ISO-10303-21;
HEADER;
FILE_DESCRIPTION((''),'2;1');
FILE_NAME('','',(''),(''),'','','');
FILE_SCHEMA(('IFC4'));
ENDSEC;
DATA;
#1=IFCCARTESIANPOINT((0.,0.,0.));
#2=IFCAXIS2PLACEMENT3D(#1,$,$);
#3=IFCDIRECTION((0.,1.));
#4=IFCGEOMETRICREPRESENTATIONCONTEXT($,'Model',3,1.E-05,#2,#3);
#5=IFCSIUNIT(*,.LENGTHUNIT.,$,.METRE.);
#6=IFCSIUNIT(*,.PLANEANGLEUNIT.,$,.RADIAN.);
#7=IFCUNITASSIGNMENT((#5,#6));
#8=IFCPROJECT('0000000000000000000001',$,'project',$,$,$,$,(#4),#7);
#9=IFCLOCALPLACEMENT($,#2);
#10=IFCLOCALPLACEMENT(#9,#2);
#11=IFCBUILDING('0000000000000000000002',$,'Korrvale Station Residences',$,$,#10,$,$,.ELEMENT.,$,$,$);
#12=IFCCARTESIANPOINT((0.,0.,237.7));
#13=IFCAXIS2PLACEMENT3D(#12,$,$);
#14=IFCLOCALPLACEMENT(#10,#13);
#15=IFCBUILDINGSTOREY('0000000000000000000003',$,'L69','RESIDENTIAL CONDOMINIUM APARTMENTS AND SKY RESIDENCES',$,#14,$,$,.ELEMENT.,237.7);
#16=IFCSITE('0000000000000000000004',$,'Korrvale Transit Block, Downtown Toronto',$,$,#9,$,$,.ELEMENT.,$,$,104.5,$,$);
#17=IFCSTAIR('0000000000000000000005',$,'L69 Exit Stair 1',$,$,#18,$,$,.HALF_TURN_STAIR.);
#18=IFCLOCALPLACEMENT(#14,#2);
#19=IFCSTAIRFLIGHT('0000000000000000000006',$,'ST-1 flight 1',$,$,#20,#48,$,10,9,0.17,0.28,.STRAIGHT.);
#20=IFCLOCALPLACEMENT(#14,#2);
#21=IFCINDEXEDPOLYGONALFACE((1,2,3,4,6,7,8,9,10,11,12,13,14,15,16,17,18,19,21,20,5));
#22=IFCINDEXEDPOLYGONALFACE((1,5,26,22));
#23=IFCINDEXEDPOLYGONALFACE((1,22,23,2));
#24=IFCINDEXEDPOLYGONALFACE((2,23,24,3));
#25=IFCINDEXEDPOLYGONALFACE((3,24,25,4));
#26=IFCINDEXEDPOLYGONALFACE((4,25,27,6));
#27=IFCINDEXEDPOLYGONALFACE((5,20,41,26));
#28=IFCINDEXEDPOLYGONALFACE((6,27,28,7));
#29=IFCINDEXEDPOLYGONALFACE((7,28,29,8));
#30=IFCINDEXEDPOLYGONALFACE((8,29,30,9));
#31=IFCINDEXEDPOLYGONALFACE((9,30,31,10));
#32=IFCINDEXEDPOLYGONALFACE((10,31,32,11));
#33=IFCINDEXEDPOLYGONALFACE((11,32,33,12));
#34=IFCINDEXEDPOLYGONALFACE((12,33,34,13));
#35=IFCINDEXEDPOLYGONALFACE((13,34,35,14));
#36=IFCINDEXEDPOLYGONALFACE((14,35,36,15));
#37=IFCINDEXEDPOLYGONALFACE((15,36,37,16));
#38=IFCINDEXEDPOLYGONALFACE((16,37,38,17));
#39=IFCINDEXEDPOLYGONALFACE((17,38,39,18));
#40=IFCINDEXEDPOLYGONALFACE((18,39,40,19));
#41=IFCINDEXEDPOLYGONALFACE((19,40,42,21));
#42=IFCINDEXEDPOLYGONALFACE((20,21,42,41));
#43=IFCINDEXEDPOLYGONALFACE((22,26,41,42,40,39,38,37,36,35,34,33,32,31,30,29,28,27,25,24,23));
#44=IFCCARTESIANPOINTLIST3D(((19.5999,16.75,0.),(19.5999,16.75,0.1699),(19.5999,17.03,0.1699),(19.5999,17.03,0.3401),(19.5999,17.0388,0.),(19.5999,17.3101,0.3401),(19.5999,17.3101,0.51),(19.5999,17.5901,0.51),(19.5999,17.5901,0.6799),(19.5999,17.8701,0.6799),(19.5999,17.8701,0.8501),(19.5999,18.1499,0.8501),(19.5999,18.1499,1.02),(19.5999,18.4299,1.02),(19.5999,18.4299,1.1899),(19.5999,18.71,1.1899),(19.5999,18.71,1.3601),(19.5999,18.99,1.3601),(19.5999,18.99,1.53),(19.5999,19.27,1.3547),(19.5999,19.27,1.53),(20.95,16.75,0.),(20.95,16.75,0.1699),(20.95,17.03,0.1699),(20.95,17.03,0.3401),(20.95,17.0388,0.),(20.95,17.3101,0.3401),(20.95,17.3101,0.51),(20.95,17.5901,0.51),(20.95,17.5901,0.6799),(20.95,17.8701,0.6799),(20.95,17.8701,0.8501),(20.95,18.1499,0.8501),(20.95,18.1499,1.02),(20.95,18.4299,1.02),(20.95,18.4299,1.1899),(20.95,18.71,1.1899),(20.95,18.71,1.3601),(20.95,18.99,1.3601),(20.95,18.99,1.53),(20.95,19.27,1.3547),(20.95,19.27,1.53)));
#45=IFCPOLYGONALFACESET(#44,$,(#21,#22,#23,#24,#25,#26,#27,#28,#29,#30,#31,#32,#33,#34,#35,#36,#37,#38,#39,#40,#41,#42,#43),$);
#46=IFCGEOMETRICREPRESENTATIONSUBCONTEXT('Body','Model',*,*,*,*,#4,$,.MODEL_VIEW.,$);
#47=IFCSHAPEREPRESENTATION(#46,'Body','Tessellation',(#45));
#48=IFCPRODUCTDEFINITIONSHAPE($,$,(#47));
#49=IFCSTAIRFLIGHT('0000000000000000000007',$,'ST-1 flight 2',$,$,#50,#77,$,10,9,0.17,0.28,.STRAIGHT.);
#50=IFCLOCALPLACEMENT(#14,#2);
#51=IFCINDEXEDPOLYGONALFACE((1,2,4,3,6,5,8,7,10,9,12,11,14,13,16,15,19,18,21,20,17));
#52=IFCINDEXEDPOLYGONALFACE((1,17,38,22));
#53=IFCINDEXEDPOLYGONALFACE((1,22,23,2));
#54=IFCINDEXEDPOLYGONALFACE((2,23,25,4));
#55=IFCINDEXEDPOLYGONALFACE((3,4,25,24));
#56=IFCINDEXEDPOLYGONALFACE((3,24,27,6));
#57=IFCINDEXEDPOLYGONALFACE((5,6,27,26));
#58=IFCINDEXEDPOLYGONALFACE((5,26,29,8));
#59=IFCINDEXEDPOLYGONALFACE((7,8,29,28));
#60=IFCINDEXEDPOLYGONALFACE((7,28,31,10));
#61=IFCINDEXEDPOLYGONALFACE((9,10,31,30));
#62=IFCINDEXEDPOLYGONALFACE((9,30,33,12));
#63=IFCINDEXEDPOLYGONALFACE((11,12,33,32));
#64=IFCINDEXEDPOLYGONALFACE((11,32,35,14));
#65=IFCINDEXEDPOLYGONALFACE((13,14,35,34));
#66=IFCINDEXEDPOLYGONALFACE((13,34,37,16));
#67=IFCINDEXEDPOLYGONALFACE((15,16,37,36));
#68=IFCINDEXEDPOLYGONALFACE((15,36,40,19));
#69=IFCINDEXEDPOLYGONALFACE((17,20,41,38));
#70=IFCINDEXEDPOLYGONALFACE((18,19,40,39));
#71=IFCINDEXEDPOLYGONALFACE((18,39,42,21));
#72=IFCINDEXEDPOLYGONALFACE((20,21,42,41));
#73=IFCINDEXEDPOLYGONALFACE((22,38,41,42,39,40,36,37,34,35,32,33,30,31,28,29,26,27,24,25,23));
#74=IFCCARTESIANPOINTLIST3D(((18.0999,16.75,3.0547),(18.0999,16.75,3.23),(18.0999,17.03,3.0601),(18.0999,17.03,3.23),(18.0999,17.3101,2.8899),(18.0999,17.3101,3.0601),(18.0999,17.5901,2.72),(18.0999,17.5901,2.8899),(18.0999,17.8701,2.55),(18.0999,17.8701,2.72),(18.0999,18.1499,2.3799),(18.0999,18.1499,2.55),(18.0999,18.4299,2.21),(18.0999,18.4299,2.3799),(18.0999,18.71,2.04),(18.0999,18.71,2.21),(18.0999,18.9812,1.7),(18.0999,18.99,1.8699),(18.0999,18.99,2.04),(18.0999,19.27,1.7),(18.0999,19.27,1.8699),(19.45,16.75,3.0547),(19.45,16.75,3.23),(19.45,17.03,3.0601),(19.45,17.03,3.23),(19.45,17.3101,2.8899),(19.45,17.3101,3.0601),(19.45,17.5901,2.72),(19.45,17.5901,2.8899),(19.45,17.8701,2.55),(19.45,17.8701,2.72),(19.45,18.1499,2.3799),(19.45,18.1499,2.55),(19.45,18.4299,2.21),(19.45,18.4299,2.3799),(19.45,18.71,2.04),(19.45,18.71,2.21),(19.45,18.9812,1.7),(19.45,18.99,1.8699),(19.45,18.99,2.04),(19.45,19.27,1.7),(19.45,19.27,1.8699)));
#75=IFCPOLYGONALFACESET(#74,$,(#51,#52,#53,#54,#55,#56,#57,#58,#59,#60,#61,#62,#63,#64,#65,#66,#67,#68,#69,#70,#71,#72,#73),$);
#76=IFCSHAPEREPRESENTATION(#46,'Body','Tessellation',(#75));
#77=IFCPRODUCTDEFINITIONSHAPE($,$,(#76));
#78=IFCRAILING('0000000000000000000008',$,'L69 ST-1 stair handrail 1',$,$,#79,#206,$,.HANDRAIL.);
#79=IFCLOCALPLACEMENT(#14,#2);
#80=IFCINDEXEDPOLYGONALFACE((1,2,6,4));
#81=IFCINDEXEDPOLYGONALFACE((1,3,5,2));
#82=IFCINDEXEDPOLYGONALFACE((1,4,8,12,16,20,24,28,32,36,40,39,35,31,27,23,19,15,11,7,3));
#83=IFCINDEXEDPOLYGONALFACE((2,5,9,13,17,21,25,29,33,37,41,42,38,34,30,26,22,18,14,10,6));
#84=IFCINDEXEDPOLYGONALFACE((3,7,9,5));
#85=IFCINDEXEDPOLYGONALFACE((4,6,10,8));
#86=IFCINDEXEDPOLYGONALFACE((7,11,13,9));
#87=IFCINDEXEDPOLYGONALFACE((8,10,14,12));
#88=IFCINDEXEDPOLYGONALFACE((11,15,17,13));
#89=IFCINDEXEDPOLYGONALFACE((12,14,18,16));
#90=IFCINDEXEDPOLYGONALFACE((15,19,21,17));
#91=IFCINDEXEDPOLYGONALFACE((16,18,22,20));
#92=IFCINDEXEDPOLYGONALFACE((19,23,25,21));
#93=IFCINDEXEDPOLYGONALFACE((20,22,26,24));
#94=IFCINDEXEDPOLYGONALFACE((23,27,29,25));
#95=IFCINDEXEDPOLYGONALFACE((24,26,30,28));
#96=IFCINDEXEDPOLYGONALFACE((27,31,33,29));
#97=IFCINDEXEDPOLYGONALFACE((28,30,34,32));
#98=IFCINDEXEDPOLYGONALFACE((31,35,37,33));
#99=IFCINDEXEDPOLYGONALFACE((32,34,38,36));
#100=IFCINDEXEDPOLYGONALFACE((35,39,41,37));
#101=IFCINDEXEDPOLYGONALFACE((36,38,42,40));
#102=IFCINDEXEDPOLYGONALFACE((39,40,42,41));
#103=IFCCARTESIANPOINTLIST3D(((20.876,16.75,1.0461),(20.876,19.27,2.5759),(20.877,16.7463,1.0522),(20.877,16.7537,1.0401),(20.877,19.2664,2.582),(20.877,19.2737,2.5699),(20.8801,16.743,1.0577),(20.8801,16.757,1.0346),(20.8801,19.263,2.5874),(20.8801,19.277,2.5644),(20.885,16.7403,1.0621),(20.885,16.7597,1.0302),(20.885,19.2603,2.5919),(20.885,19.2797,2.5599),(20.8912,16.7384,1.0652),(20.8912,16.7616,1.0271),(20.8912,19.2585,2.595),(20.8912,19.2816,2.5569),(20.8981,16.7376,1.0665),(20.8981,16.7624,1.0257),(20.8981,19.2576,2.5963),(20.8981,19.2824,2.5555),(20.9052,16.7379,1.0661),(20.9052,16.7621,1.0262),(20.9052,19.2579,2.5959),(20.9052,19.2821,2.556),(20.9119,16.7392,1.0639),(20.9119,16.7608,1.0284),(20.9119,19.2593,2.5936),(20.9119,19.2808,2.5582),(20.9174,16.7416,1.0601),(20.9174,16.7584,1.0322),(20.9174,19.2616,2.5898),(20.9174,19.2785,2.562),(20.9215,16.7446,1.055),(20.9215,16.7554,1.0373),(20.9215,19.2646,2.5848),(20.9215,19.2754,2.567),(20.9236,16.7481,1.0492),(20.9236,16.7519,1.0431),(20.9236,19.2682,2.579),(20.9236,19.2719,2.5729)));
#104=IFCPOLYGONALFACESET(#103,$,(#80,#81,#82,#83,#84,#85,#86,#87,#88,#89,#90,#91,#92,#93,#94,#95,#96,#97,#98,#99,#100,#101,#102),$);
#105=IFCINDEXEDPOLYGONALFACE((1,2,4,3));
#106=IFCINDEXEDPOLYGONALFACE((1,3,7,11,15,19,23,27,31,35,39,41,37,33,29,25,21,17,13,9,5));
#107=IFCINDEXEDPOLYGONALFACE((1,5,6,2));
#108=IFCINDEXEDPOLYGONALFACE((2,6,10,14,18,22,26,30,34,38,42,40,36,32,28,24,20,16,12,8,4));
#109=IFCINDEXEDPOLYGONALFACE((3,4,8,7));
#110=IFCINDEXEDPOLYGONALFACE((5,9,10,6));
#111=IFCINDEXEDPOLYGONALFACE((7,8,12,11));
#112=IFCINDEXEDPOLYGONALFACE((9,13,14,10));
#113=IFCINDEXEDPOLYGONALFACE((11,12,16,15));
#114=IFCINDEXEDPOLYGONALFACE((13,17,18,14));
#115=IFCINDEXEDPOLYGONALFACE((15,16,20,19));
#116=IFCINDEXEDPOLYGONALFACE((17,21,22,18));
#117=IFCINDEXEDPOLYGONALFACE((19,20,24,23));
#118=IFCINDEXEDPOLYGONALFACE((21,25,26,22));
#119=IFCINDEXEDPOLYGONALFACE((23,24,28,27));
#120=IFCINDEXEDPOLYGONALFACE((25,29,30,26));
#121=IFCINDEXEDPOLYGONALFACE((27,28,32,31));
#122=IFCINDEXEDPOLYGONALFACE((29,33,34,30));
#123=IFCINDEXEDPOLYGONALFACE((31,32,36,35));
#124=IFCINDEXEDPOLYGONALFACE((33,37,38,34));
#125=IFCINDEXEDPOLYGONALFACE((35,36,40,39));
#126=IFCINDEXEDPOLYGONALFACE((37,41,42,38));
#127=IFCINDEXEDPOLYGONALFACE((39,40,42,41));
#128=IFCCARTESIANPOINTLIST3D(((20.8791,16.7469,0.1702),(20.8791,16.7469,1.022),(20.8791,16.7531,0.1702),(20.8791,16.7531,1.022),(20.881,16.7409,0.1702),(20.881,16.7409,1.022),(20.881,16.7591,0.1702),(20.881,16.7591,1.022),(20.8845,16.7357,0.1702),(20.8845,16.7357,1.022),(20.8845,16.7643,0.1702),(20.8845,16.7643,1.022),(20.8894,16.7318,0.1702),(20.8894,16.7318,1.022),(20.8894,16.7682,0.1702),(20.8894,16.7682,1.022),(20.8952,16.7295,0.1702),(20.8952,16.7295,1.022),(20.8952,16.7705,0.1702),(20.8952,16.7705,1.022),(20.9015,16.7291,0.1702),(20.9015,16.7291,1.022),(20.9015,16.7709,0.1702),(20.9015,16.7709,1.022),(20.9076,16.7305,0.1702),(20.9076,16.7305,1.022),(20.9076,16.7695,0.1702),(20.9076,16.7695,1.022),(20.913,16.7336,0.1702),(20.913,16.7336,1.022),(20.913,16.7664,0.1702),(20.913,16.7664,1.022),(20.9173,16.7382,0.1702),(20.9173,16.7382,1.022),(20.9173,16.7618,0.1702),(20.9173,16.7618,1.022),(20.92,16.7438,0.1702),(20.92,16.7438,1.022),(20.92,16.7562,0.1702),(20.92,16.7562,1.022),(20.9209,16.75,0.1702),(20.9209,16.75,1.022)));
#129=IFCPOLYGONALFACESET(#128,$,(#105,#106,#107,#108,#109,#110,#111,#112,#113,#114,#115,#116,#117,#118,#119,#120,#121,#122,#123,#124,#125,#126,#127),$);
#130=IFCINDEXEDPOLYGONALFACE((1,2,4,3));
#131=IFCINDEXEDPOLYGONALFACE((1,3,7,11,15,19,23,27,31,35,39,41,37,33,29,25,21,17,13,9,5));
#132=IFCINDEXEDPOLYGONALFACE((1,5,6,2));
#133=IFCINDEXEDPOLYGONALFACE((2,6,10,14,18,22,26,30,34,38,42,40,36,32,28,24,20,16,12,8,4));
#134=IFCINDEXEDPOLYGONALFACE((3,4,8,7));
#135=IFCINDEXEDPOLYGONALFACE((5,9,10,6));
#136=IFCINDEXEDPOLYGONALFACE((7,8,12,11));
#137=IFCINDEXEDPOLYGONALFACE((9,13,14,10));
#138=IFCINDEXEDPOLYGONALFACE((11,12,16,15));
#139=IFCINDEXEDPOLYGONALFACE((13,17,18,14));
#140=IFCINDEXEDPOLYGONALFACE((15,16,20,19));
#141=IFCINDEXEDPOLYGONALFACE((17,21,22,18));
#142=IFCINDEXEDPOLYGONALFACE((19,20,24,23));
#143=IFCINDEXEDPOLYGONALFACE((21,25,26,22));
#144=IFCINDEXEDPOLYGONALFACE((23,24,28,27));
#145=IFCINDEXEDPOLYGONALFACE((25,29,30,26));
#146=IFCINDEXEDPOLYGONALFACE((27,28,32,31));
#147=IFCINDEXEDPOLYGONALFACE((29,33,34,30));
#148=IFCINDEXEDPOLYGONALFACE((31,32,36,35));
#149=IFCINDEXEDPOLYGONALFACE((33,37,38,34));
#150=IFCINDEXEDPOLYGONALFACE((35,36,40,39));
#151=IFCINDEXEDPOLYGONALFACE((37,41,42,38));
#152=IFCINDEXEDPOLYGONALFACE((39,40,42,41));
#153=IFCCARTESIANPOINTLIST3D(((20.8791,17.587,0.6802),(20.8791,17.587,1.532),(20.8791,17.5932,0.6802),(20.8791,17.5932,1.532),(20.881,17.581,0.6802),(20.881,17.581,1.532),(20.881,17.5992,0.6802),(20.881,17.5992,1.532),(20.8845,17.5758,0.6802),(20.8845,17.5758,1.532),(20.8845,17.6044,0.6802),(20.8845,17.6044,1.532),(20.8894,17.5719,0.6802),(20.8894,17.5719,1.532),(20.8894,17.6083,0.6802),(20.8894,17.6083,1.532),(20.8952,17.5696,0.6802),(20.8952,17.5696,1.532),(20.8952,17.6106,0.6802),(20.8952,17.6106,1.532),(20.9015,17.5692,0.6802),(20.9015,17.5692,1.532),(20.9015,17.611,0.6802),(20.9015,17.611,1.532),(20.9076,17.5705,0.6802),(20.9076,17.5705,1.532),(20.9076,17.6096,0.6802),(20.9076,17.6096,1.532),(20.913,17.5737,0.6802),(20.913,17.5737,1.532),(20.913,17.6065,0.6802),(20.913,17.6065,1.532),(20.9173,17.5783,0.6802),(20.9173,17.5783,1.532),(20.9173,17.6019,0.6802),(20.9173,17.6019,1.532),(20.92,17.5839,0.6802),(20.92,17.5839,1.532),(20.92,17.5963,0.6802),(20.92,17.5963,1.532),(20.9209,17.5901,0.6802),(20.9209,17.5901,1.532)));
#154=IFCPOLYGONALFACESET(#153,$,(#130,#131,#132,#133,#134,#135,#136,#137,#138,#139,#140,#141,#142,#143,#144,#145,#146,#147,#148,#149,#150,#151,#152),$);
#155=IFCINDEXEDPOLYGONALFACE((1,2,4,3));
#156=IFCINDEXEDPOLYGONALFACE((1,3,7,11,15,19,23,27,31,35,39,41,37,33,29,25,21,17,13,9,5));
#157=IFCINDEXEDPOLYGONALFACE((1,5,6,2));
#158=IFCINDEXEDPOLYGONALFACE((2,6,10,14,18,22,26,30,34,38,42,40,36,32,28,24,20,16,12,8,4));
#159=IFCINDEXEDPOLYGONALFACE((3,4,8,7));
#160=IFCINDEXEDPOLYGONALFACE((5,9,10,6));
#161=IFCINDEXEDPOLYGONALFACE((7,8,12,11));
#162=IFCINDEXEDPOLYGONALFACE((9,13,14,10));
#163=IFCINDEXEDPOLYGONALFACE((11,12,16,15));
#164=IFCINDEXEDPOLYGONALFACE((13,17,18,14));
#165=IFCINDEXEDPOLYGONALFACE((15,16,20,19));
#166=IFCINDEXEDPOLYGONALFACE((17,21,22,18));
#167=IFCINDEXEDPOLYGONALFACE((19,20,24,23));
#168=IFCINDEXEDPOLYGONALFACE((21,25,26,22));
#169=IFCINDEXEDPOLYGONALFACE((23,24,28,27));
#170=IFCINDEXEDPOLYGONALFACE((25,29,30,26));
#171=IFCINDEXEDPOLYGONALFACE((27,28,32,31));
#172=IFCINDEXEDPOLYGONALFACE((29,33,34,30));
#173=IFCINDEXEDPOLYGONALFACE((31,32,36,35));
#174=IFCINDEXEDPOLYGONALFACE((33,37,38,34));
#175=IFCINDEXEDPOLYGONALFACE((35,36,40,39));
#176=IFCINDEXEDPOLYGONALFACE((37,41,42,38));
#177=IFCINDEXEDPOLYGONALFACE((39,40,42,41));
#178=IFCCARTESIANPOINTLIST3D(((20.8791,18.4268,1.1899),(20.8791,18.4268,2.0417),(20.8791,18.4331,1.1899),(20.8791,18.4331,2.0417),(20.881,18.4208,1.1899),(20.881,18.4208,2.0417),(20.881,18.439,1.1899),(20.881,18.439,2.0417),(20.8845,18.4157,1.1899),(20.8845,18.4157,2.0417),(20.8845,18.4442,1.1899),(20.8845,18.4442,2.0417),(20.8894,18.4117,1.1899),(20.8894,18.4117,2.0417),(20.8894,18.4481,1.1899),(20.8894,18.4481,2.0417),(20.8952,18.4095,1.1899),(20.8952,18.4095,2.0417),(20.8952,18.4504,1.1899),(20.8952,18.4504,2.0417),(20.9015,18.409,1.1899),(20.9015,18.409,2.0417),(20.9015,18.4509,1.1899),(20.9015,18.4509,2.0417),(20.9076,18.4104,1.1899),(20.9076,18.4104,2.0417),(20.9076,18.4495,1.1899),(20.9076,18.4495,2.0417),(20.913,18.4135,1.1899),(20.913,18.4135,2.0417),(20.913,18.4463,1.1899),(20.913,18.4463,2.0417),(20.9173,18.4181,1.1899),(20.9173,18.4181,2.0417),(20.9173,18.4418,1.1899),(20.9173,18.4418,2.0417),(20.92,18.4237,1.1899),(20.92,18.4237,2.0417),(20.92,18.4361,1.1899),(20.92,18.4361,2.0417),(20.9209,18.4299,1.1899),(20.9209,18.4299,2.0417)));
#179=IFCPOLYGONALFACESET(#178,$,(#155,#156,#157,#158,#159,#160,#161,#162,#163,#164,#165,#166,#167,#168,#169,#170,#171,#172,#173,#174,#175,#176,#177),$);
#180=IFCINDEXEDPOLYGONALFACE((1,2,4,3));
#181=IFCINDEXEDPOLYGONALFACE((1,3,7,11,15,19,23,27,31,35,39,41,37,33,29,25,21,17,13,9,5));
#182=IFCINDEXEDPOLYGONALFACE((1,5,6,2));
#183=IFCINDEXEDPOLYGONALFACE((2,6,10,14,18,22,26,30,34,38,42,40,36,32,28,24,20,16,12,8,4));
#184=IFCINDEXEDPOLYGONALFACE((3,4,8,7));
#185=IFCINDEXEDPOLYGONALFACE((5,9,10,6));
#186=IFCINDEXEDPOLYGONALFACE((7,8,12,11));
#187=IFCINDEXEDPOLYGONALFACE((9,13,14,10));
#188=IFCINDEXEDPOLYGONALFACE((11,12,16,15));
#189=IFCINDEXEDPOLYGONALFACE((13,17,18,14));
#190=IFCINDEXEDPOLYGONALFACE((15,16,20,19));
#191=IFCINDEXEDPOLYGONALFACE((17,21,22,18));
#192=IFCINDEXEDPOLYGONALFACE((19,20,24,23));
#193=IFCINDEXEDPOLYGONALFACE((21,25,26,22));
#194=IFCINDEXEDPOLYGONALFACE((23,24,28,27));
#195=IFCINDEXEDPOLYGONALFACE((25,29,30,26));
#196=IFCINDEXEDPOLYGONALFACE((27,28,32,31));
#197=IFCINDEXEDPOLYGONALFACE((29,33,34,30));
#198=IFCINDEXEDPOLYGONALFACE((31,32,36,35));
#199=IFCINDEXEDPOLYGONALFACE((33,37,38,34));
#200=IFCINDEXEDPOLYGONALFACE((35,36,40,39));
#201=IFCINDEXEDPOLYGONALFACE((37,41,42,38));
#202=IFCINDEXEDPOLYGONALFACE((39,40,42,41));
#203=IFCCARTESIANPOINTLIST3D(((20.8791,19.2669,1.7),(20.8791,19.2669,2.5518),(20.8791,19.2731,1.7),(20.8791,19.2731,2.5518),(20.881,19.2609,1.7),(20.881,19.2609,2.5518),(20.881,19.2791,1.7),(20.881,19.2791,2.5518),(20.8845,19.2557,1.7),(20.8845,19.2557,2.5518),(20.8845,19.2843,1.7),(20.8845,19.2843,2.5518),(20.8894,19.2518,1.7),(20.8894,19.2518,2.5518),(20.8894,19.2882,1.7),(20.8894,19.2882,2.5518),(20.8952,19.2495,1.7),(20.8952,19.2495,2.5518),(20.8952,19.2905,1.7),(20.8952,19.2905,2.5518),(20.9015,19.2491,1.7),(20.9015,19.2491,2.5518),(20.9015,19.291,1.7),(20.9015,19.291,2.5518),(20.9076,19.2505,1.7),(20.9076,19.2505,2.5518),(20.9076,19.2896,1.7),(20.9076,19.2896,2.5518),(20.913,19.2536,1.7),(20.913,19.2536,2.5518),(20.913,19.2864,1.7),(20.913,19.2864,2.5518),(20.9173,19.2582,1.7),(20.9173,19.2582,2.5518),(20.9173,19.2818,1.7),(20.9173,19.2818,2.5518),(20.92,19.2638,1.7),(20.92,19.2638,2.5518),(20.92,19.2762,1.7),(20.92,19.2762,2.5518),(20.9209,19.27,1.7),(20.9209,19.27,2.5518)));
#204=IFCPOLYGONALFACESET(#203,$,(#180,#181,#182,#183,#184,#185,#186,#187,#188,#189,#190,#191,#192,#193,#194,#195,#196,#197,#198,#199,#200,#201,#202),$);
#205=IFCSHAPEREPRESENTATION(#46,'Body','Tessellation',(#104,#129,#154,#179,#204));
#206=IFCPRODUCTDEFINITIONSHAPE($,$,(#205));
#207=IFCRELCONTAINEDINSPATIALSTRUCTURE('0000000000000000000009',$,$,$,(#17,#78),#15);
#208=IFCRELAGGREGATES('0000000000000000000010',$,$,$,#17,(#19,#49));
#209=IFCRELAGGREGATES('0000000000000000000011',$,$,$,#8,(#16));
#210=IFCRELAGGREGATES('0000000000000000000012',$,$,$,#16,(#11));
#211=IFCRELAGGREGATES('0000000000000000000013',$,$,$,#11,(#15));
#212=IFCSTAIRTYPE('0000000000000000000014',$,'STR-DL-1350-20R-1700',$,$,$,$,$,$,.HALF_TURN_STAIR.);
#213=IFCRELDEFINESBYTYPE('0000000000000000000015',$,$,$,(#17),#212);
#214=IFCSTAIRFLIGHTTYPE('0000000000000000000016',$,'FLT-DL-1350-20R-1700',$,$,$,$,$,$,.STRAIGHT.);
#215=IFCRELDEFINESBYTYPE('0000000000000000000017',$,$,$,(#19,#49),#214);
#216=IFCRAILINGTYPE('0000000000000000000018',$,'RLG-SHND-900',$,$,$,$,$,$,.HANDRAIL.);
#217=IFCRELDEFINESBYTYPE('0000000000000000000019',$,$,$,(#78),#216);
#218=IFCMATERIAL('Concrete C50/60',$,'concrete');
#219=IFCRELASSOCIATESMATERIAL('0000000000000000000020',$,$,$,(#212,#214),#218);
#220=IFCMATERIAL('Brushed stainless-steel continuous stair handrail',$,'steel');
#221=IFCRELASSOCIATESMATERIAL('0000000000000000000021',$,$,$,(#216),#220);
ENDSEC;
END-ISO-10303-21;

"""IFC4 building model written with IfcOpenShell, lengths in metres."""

from ifc_helpers import new_model, si_unit, direction, frame, origin, origin_2d, place, context, subcontext, project, spatial, polyline, circle, outline, extrude, material, type_object, element, aggregate, save


model = new_model("IFC4")

# Units and contexts
model_context = context("Model", 3, precision=1e-05, world=origin(), true_north=direction((0.0, 1.0)))
body_context = subcontext(model_context, "Body", "Model", "MODEL_VIEW")
ifc_project = project(units=[si_unit("LENGTHUNIT", "METRE"), si_unit("PLANEANGLEUNIT", "RADIAN")], contexts=[model_context])

# Site, building, storey
site_placement = place(None, origin())
site = spatial("IfcSite", under=ifc_project, at=site_placement, Name="Korrvale Transit Block, Downtown Toronto", CompositionType="ELEMENT", RefElevation=104.5)
building_placement = place(site_placement, origin())
building = spatial("IfcBuilding", under=site, at=building_placement, Name="Korrvale Station Residences", CompositionType="ELEMENT")
storey_placement = place(building_placement, frame((0.0, 0.0, 237.7)))
storey = spatial("IfcBuildingStorey", under=building, at=storey_placement, Name="L69", Description="RESIDENTIAL CONDOMINIUM APARTMENTS AND SKY RESIDENCES", CompositionType="ELEMENT", Elevation=237.7)

# Shared definitions
ifc_material_1 = material(Name="Concrete C50/60", Category="concrete")

# Stair, stair flights
stair_type = type_object("IfcStairType", Name="STR-DL-1350-20R-1700", PredefinedType="HALF_TURN_STAIR", material=ifc_material_1)
stair_placement = place(storey_placement, origin())
stair = element("IfcStair", 1, at=stair_placement, inside=storey, type_object=stair_type, Name="L69 Exit Stair 1", PredefinedType="HALF_TURN_STAIR")
stair_flight_type = type_object("IfcStairFlightType", Name="FLT-DL-1350-20R-1700", PredefinedType="STRAIGHT", material=ifc_material_1)
stair_flight_1_placement = place(storey_placement, frame((20.2749, 16.75, 0.0), z_axis=(0.0, 0.0, 1.0), x_axis=(0.0, 1.0, 0.0)))
stair_flight_1 = element("IfcStairFlight", 2, at=stair_flight_1_placement, type_object=stair_flight_type, Name="ST-1 flight 1", NumberOfRisers=10, NumberOfTreads=9, PredefinedType="STRAIGHT", RiserHeight=0.17, TreadLength=0.28, context=body_context, shape_type="SweptSolid", body=[
    extrude(outline(polyline([(0.0, 0.0), (0.0, 0.1699), (0.28, 0.1699), (0.28, 0.3401), (0.5601, 0.3401), (0.5601, 0.51), (0.8401, 0.51), (0.8401, 0.6799), (1.1201, 0.6799), (1.1201, 0.8501), (1.3999, 0.8501), (1.3999, 1.02), (1.6799, 1.02), (1.6799, 1.1899), (1.96, 1.1899), (1.96, 1.3601), (2.24, 1.3601), (2.24, 1.53), (2.52, 1.53), (2.52, 1.7), (2.52, 1.3547), (0.2888, 0.0), (0.0, 0.0)])), frame((0.0, 0.675, 0.0), z_axis=(0.0, -1.0, 0.0), x_axis=(1.0, 0.0, 0.0)), (0.0, 0.0, 1.0), 1.3501),
])
stair_flight_2_placement = place(storey_placement, frame((18.7749, 19.27, 1.7), z_axis=(0.0, 0.0, 1.0), x_axis=(0.0, -1.0, 0.0)))
stair_flight_2 = element("IfcStairFlight", 3, at=stair_flight_2_placement, type_object=stair_flight_type, Name="ST-1 flight 2", NumberOfRisers=10, NumberOfTreads=9, PredefinedType="STRAIGHT", RiserHeight=0.17, TreadLength=0.28, context=body_context, shape_type="SweptSolid", body=[
    extrude(outline(polyline([(0.0, 0.0), (0.0, 0.1699), (0.28, 0.1699), (0.28, 0.3401), (0.5601, 0.3401), (0.5601, 0.51), (0.8401, 0.51), (0.8401, 0.6799), (1.1201, 0.6799), (1.1201, 0.8501), (1.3999, 0.8501), (1.3999, 1.02), (1.6799, 1.02), (1.6799, 1.1899), (1.96, 1.1899), (1.96, 1.3601), (2.24, 1.3601), (2.24, 1.53), (2.52, 1.53), (2.52, 1.7), (2.52, 1.3547), (0.2888, 0.0), (0.0, 0.0)])), frame((0.0, 0.675, 0.0), z_axis=(0.0, -1.0, 0.0), x_axis=(1.0, 0.0, 0.0)), (0.0, 0.0, 1.0), 1.3501),
])
aggregate(stair, [stair_flight_1, stair_flight_2])

# Railing
ifc_material_2 = material(Name="Brushed stainless-steel continuous stair handrail", Category="steel")
railing_type_1 = type_object("IfcRailingType", Name="RLG-SHND-900", PredefinedType="HANDRAIL", material=ifc_material_2)
railing_1_placement = place(storey_placement, frame((20.8999, 16.75, 0.1702)))
element("IfcRailing", 4, at=railing_1_placement, inside=storey, type_object=railing_type_1, Name="L69 ST-1 stair handrail 1", PredefinedType="HANDRAIL", context=body_context, shape_type="SweptSolid", body=[
    extrude(circle(Radius=0.0239, at=origin_2d()), frame((0.0, 0.0, 0.876), z_axis=(0.0, 0.854822, 0.518922), x_axis=(-1.0, 0.0, 0.0)), (0.0, 0.0, 1.0), 2.948),
    extrude(circle(Radius=0.021, at=origin_2d()), origin(), (0.0, 0.0, 1.0), 0.8518),
    extrude(circle(Radius=0.021, at=origin_2d()), frame((0.0, 0.8401, 0.51)), (0.0, 0.0, 1.0), 0.8518),
    extrude(circle(Radius=0.021, at=origin_2d()), frame((0.0, 1.6799, 1.0198)), (0.0, 0.0, 1.0), 0.8518),
    extrude(circle(Radius=0.021, at=origin_2d()), frame((0.0, 2.52, 1.5298)), (0.0, 0.0, 1.0), 0.8518),
])

save(model, "model.ifc")
